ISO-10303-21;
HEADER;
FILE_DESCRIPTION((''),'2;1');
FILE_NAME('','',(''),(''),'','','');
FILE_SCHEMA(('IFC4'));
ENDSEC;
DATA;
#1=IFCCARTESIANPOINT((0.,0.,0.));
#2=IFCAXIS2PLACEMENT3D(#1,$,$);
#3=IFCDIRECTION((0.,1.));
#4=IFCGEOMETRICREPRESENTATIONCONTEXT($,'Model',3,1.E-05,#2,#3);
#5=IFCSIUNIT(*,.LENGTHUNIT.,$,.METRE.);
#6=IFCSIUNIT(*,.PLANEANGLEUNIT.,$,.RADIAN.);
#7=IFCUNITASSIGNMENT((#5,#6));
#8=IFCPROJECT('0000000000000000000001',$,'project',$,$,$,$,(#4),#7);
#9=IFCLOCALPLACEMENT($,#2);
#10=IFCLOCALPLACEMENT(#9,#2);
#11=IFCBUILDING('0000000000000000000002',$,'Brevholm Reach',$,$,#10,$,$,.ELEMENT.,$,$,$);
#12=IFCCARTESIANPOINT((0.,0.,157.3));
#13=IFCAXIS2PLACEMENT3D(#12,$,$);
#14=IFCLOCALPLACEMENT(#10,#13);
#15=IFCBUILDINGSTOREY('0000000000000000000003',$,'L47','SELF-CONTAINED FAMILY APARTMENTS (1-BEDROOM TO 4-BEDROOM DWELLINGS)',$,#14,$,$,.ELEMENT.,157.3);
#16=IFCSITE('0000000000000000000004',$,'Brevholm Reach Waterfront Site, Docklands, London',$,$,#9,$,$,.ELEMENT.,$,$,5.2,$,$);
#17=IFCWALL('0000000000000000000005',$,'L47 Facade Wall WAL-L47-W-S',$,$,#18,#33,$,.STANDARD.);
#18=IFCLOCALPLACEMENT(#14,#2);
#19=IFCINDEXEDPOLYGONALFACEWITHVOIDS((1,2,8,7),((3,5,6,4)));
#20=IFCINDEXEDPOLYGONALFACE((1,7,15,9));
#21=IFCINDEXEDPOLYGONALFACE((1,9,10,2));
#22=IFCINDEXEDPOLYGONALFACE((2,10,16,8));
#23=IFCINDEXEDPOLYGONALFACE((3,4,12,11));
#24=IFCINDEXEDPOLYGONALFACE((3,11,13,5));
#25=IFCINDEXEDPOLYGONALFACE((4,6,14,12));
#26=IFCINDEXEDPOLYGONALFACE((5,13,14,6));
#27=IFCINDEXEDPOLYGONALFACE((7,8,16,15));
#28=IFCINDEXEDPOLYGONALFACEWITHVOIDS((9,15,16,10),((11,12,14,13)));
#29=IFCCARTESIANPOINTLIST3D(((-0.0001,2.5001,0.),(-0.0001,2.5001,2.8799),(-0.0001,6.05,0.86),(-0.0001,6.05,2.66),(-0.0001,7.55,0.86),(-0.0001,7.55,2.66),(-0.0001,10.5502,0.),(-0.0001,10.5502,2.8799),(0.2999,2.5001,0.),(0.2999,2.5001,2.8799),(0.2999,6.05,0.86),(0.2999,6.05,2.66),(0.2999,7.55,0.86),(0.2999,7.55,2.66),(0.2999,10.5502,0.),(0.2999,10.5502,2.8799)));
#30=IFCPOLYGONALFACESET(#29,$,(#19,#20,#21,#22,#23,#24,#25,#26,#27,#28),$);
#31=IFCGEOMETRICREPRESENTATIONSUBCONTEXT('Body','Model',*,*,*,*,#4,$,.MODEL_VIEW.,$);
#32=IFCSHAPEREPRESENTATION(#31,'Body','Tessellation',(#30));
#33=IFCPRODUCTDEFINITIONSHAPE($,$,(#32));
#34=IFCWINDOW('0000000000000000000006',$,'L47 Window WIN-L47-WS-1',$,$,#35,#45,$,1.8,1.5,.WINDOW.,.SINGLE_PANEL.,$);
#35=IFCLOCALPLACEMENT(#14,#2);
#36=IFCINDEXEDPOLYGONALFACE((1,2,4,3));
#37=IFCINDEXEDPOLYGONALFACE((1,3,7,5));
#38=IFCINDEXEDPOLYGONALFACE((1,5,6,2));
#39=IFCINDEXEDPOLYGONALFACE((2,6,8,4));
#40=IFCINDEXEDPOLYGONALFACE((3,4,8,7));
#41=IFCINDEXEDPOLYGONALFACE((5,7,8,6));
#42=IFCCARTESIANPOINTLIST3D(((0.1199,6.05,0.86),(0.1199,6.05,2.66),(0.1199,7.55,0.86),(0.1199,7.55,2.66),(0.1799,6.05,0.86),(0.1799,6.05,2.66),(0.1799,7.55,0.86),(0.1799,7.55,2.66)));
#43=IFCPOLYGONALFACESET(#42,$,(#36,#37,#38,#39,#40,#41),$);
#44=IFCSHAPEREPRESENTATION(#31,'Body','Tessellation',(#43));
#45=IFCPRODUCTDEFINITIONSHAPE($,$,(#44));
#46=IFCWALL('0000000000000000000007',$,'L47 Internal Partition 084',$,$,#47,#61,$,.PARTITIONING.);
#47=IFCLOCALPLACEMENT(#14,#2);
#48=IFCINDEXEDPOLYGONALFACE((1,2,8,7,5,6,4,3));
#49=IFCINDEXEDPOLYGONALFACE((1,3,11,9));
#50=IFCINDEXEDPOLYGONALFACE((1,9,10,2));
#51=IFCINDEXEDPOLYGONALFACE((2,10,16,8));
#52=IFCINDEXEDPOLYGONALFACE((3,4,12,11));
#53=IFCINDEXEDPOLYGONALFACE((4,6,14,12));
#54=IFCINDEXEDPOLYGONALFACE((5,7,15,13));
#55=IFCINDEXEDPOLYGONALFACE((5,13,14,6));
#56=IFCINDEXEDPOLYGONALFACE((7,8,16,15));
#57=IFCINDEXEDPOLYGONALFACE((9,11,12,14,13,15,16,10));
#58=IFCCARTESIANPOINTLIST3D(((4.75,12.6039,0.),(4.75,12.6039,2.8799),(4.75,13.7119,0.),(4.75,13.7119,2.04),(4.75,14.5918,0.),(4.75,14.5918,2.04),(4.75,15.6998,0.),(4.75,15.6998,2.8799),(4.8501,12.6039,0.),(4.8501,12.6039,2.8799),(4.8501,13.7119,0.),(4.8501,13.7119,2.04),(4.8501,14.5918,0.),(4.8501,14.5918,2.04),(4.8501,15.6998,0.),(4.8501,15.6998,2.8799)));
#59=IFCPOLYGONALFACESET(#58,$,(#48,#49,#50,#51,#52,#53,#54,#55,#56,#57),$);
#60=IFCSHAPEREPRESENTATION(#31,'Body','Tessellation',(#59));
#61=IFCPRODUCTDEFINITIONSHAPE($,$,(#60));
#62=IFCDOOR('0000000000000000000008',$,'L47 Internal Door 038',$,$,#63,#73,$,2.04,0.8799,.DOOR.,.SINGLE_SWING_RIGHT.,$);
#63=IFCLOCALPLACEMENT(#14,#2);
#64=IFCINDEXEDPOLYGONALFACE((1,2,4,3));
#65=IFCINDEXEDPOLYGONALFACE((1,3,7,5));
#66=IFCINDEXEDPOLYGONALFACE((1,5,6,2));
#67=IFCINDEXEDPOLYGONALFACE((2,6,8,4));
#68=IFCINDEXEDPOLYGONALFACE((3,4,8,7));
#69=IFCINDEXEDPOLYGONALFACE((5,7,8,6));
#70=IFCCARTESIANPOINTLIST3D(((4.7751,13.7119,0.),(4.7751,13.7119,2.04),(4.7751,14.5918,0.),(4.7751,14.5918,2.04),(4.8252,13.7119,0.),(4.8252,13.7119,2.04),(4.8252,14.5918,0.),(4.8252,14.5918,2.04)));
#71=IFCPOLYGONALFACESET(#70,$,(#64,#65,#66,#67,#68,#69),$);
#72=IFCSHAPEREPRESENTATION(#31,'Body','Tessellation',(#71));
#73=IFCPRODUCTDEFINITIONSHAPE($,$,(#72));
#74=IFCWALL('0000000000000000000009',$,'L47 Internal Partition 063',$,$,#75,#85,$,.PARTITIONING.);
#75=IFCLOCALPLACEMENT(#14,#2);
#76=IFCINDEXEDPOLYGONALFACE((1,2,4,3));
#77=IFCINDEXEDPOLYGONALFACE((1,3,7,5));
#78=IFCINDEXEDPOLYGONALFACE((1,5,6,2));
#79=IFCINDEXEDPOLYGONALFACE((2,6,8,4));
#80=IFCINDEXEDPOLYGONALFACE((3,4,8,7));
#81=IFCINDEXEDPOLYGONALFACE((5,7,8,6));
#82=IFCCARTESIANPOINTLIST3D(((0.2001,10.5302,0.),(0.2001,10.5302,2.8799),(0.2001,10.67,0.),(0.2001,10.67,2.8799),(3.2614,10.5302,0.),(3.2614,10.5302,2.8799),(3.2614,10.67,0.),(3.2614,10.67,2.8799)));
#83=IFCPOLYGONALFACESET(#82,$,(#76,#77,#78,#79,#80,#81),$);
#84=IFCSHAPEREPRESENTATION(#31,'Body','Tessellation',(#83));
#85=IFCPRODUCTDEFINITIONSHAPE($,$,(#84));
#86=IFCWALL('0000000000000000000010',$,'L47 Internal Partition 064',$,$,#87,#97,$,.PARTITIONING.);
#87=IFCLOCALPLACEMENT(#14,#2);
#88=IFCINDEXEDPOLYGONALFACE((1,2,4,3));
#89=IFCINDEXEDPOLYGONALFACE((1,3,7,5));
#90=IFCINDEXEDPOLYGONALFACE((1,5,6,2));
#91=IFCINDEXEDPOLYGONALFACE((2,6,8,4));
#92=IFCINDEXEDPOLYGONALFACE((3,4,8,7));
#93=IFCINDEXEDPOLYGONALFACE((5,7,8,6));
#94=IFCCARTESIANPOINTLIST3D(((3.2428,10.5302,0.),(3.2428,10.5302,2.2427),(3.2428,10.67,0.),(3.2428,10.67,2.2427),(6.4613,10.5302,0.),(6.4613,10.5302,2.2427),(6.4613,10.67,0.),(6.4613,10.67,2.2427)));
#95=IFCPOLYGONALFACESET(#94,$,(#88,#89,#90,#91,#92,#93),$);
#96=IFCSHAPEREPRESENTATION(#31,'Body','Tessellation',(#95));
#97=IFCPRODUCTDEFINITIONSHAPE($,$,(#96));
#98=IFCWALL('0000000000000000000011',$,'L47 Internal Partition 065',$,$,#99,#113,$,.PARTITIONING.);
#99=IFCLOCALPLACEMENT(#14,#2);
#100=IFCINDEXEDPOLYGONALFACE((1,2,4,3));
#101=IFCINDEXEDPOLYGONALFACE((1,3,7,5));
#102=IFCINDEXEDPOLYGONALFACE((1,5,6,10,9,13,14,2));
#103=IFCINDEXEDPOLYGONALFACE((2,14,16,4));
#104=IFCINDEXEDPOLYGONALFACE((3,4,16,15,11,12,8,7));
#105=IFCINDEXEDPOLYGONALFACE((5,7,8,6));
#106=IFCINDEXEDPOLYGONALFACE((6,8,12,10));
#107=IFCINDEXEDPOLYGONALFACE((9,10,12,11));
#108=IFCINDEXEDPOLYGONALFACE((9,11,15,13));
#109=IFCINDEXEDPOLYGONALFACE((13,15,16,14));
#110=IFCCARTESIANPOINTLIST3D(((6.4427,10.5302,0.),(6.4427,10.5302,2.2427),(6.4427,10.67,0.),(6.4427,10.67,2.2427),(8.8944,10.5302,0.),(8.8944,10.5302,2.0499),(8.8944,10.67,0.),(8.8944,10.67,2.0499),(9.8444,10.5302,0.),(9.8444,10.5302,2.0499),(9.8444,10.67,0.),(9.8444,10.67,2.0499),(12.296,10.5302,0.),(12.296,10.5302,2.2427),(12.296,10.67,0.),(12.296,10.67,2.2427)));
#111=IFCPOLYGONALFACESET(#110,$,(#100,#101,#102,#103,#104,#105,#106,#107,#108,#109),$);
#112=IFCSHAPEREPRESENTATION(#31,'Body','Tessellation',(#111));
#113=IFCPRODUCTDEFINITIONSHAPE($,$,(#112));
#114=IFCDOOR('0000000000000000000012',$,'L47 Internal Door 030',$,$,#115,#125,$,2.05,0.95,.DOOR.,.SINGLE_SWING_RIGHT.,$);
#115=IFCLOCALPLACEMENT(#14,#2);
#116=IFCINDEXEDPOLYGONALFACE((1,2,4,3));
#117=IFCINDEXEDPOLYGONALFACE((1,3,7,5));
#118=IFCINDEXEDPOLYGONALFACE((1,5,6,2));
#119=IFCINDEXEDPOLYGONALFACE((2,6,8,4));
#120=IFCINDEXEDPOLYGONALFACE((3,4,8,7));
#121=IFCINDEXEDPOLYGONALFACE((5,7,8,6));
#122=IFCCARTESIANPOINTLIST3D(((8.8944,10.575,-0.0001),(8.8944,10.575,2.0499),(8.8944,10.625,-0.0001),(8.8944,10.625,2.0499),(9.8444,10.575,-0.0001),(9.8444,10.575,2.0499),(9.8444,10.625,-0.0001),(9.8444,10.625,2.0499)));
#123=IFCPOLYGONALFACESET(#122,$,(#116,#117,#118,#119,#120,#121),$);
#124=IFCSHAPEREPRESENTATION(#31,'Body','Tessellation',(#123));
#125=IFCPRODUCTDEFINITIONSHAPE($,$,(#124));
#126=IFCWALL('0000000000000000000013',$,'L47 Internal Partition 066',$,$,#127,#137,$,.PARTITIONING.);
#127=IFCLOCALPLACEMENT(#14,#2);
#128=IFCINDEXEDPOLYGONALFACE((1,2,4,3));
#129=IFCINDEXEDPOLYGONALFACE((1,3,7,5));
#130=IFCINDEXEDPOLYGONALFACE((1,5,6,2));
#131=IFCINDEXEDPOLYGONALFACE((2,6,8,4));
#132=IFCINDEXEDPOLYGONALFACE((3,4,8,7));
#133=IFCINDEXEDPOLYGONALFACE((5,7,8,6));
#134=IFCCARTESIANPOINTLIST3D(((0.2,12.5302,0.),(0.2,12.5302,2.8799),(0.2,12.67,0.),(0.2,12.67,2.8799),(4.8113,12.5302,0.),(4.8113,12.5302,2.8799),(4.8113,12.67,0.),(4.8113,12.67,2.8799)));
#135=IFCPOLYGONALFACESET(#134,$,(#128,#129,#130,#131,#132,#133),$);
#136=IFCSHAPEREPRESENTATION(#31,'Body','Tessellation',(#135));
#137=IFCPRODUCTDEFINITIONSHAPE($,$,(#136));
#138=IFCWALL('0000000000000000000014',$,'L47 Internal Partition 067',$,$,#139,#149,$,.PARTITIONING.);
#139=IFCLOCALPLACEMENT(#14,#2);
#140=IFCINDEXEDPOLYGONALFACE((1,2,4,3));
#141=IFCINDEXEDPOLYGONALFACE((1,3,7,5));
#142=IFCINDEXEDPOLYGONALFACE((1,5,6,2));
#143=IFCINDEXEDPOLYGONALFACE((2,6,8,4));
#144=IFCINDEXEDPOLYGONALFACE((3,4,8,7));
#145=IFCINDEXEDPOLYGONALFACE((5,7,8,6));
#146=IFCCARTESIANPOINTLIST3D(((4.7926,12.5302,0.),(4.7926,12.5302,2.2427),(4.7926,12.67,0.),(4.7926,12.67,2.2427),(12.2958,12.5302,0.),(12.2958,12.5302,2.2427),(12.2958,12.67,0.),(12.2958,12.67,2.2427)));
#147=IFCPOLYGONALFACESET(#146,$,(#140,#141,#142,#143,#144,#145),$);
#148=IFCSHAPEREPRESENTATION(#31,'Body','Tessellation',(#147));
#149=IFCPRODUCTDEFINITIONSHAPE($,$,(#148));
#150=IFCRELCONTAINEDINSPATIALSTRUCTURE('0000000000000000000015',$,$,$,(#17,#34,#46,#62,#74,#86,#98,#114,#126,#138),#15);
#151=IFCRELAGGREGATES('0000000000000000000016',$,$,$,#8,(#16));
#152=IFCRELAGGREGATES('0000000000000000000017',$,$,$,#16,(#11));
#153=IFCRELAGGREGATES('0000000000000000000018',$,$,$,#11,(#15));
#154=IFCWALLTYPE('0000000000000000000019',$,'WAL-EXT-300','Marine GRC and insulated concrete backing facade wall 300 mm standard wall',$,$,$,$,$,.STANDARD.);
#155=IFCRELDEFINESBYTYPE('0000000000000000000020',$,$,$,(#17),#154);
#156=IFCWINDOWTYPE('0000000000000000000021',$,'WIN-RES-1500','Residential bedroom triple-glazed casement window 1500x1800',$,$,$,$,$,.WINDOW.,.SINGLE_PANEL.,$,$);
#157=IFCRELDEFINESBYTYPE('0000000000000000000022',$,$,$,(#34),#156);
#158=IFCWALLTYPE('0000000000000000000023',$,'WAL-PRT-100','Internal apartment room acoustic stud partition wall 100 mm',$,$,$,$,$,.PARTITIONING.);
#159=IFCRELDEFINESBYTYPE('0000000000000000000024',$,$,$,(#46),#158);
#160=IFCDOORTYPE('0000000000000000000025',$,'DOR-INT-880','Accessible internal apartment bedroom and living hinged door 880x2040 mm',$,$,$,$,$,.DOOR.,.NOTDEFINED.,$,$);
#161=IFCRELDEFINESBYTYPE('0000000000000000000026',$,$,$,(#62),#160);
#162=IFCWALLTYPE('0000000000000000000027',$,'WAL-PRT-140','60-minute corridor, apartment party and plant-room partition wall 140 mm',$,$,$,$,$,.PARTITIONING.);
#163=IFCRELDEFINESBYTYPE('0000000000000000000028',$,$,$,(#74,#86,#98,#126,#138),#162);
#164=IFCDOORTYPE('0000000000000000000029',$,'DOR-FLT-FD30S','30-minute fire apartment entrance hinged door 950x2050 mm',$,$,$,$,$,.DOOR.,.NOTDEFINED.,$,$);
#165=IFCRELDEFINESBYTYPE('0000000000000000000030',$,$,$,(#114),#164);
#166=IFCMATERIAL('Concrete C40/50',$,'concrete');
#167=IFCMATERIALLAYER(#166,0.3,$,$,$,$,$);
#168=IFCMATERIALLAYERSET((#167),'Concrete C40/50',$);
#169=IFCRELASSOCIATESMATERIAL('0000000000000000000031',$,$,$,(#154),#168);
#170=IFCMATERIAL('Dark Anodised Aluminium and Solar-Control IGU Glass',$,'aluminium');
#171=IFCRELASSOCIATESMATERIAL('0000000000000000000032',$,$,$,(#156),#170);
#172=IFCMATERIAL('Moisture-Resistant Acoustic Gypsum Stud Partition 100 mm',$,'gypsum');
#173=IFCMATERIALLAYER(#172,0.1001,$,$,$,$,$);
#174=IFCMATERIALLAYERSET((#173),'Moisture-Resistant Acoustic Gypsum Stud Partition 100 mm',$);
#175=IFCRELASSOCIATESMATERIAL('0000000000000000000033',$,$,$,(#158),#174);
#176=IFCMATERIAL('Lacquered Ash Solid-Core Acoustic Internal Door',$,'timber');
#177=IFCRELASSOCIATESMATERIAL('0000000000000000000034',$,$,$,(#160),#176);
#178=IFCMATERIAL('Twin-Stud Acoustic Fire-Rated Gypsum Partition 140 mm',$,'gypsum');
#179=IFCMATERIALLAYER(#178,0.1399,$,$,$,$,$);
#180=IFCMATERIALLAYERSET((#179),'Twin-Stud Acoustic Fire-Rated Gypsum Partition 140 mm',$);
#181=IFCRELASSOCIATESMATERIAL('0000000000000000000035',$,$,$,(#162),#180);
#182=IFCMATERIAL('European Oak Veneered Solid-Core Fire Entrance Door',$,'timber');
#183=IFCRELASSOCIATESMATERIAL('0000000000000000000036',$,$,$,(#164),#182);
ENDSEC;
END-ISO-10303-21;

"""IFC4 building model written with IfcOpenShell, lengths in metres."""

from ifc_helpers import new_model, si_unit, direction, frame, frame_2d, origin, place, context, subcontext, project, spatial, rectangle, extrude, material, layer, layer_set, type_object, element, fill, save


model = new_model("IFC4")

# Units and contexts
model_context = context("Model", 3, precision=1e-05, world=origin(), true_north=direction((0.0, 1.0)))
body_context = subcontext(model_context, "Body", "Model", "MODEL_VIEW")
ifc_project = project(units=[si_unit("LENGTHUNIT", "METRE"), si_unit("PLANEANGLEUNIT", "RADIAN")], contexts=[model_context])

# Site, building, storey
site_placement = place(None, origin())
site = spatial("IfcSite", under=ifc_project, at=site_placement, Name="Brevholm Reach Waterfront Site, Docklands, London", CompositionType="ELEMENT", RefElevation=5.2)
building_placement = place(site_placement, origin())
building = spatial("IfcBuilding", under=site, at=building_placement, Name="Brevholm Reach", CompositionType="ELEMENT")
storey_placement = place(building_placement, frame((0.0, 0.0, 157.3)))
storey = spatial("IfcBuildingStorey", under=building, at=storey_placement, Name="L47", Description="SELF-CONTAINED FAMILY APARTMENTS (1-BEDROOM TO 4-BEDROOM DWELLINGS)", CompositionType="ELEMENT", Elevation=157.3)

# Wall, opening, window
ifc_material_1 = material(Name="Concrete C40/50", Category="concrete")
ifc_layer_1 = layer(ifc_material_1, 0.3)
ifc_layer_set_1 = layer_set([ifc_layer_1], Name="Concrete C40/50")
wall_type_1 = type_object("IfcWallType", Name="WAL-EXT-300", Description="Marine GRC and insulated concrete backing facade wall 300 mm standard wall", PredefinedType="STANDARD", material=ifc_layer_set_1)
wall_1_placement = place(storey_placement, frame((0.1499, 10.55, 0.0), z_axis=(0.0, 0.0, 1.0), x_axis=(0.0, -1.0, 0.0)))
wall_1 = element("IfcWall", 1, at=wall_1_placement, inside=storey, type_object=wall_type_1, Name="L47 Facade Wall WAL-L47-W-S", PredefinedType="STANDARD", context=body_context, shape_type="SweptSolid", body=[
    extrude(rectangle(XDim=8.05, YDim=0.3, at=frame_2d((4.0249, 0.0))), origin(), (0.0, 0.0, 1.0), 2.8799),
])
opening_1_placement = place(wall_1_placement, frame((3.0, 0.0, 0.8601)))
opening_1 = element("IfcOpeningElement", 2, at=opening_1_placement, cuts=wall_1, PredefinedType="OPENING", context=body_context, shape_type="SweptSolid", body=[
    extrude(rectangle(XDim=1.5, YDim=1.8, at=frame_2d((0.75, 0.8999))), frame((0.0, 0.1599, 0.0), z_axis=(0.0, -1.0, 0.0), x_axis=(1.0, 0.0, 0.0)), (0.0, 0.0, 1.0), 0.3201),
])
ifc_material_2 = material(Name="Dark Anodised Aluminium and Solar-Control IGU Glass", Category="aluminium")
window_type = type_object("IfcWindowType", Name="WIN-RES-1500", Description="Residential bedroom triple-glazed casement window 1500x1800", PartitioningType="SINGLE_PANEL", PredefinedType="WINDOW", material=ifc_material_2)
window_placement = place(opening_1_placement, origin())
window = element("IfcWindow", 3, at=window_placement, inside=storey, type_object=window_type, Name="L47 Window WIN-L47-WS-1", OverallHeight=1.8, OverallWidth=1.5, PartitioningType="SINGLE_PANEL", PredefinedType="WINDOW", context=body_context, shape_type="SweptSolid", body=[
    extrude(rectangle(XDim=1.5, YDim=1.8, at=frame_2d((0.75, 0.8999))), frame((0.0, 0.03, 0.0), z_axis=(0.0, -1.0, 0.0), x_axis=(1.0, 0.0, 0.0)), (0.0, 0.0, 1.0), 0.0601),
])
fill(opening_1, window)

# Wall, opening, door
ifc_material_3 = material(Name="Moisture-Resistant Acoustic Gypsum Stud Partition 100 mm", Category="gypsum")
ifc_layer_2 = layer(ifc_material_3, 0.1001)
ifc_layer_set_2 = layer_set([ifc_layer_2], Name="Moisture-Resistant Acoustic Gypsum Stud Partition 100 mm")
wall_type_2 = type_object("IfcWallType", Name="WAL-PRT-100", Description="Internal apartment room acoustic stud partition wall 100 mm", PredefinedType="PARTITIONING", material=ifc_layer_set_2)
wall_2_placement = place(storey_placement, frame((4.8, 12.604, 0.0), z_axis=(0.0, 0.0, 1.0), x_axis=(0.0, 1.0, 0.0)))
wall_2 = element("IfcWall", 4, at=wall_2_placement, inside=storey, type_object=wall_type_2, Name="L47 Internal Partition 084", PredefinedType="PARTITIONING", context=body_context, shape_type="SweptSolid", body=[
    extrude(rectangle(XDim=3.0959, YDim=0.1001, at=frame_2d((1.5479, 0.0))), origin(), (0.0, 0.0, 1.0), 2.8799),
])
opening_2_placement = place(wall_2_placement, frame((1.1079, 0.0, 0.0)))
opening_2 = element("IfcOpeningElement", 5, at=opening_2_placement, cuts=wall_2, PredefinedType="OPENING", context=body_context, shape_type="SweptSolid", body=[
    extrude(rectangle(XDim=0.8799, YDim=2.04, at=frame_2d((0.4399, 1.02))), frame((0.0, 0.0601, 0.0), z_axis=(0.0, -1.0, 0.0), x_axis=(1.0, 0.0, 0.0)), (0.0, 0.0, 1.0), 0.1201),
])
ifc_material_4 = material(Name="Lacquered Ash Solid-Core Acoustic Internal Door", Category="timber")
door_type_1 = type_object("IfcDoorType", Name="DOR-INT-880", Description="Accessible internal apartment bedroom and living hinged door 880x2040 mm", OperationType="NOTDEFINED", PredefinedType="DOOR", material=ifc_material_4)
door_1_placement = place(opening_2_placement, origin())
door_1 = element("IfcDoor", 6, at=door_1_placement, inside=storey, type_object=door_type_1, Name="L47 Internal Door 038", OperationType="SINGLE_SWING_RIGHT", OverallHeight=2.04, OverallWidth=0.8799, PredefinedType="DOOR", context=body_context, shape_type="SweptSolid", body=[
    extrude(rectangle(XDim=0.8799, YDim=2.04, at=frame_2d((0.4399, 1.02))), frame((0.0, 0.0249, 0.0), z_axis=(0.0, -1.0, 0.0), x_axis=(1.0, 0.0, 0.0)), (0.0, 0.0, 1.0), 0.05),
])
fill(opening_2, door_1)

# Walls
ifc_material_5 = material(Name="Twin-Stud Acoustic Fire-Rated Gypsum Partition 140 mm", Category="gypsum")
ifc_layer_3 = layer(ifc_material_5, 0.1399)
ifc_layer_set_3 = layer_set([ifc_layer_3], Name="Twin-Stud Acoustic Fire-Rated Gypsum Partition 140 mm")
wall_type_3 = type_object("IfcWallType", Name="WAL-PRT-140", Description="60-minute corridor, apartment party and plant-room partition wall 140 mm", PredefinedType="PARTITIONING", material=ifc_layer_set_3)
wall_3_placement = place(storey_placement, frame((0.2, 10.6001, 0.0), z_axis=(0.0, 0.0, 1.0), x_axis=(1.0, 0.0, 0.0)))
element("IfcWall", 7, at=wall_3_placement, inside=storey, type_object=wall_type_3, Name="L47 Internal Partition 063", PredefinedType="PARTITIONING", context=body_context, shape_type="SweptSolid", body=[
    extrude(rectangle(XDim=3.0613, YDim=0.1399, at=frame_2d((1.5308, 0.0))), origin(), (0.0, 0.0, 1.0), 2.8799),
])
wall_4_placement = place(storey_placement, frame((3.2427, 10.6001, 0.0), z_axis=(0.0, 0.0, 1.0), x_axis=(1.0, 0.0, 0.0)))
element("IfcWall", 8, at=wall_4_placement, inside=storey, type_object=wall_type_3, Name="L47 Internal Partition 064", PredefinedType="PARTITIONING", context=body_context, shape_type="SweptSolid", body=[
    extrude(rectangle(XDim=3.2185, YDim=0.1399, at=frame_2d((1.6094, 0.0))), origin(), (0.0, 0.0, 1.0), 2.2427),
])

# Wall, opening, door
wall_5_placement = place(storey_placement, frame((6.4426, 10.6001, 0.0), z_axis=(0.0, 0.0, 1.0), x_axis=(1.0, 0.0, 0.0)))
wall_5 = element("IfcWall", 9, at=wall_5_placement, inside=storey, type_object=wall_type_3, Name="L47 Internal Partition 065", PredefinedType="PARTITIONING", context=body_context, shape_type="SweptSolid", body=[
    extrude(rectangle(XDim=5.8533, YDim=0.1399, at=frame_2d((2.9268, 0.0))), origin(), (0.0, 0.0, 1.0), 2.2427),
])
opening_3_placement = place(wall_5_placement, frame((2.4517, 0.0, 0.0)))
opening_3 = element("IfcOpeningElement", 10, at=opening_3_placement, cuts=wall_5, PredefinedType="OPENING", context=body_context, shape_type="SweptSolid", body=[
    extrude(rectangle(XDim=0.95, YDim=2.05, at=frame_2d((0.4751, 1.0249))), frame((0.0, 0.0798, 0.0), z_axis=(0.0, -1.0, 0.0), x_axis=(1.0, 0.0, 0.0)), (0.0, 0.0, 1.0), 0.1599),
])
ifc_material_6 = material(Name="European Oak Veneered Solid-Core Fire Entrance Door", Category="timber")
door_type_2 = type_object("IfcDoorType", Name="DOR-FLT-FD30S", Description="30-minute fire apartment entrance hinged door 950x2050 mm", OperationType="NOTDEFINED", PredefinedType="DOOR", material=ifc_material_6)
door_2_placement = place(opening_3_placement, origin())
door_2 = element("IfcDoor", 11, at=door_2_placement, inside=storey, type_object=door_type_2, Name="L47 Internal Door 030", OperationType="SINGLE_SWING_RIGHT", OverallHeight=2.05, OverallWidth=0.95, PredefinedType="DOOR", context=body_context, shape_type="SweptSolid", body=[
    extrude(rectangle(XDim=0.95, YDim=2.05, at=frame_2d((0.4751, 1.0249))), frame((0.0, 0.0249, 0.0), z_axis=(0.0, -1.0, 0.0), x_axis=(1.0, 0.0, 0.0)), (0.0, 0.0, 1.0), 0.05),
])
fill(opening_3, door_2)

# Walls
wall_6_placement = place(storey_placement, frame((0.2, 12.6001, 0.0), z_axis=(0.0, 0.0, 1.0), x_axis=(1.0, 0.0, 0.0)))
element("IfcWall", 12, at=wall_6_placement, inside=storey, type_object=wall_type_3, Name="L47 Internal Partition 066", PredefinedType="PARTITIONING", context=body_context, shape_type="SweptSolid", body=[
    extrude(rectangle(XDim=4.6113, YDim=0.1399, at=frame_2d((2.3057, 0.0))), origin(), (0.0, 0.0, 1.0), 2.8799),
])
wall_7_placement = place(storey_placement, frame((4.7927, 12.6001, 0.0), z_axis=(0.0, 0.0, 1.0), x_axis=(1.0, 0.0, 0.0)))
element("IfcWall", 13, at=wall_7_placement, inside=storey, type_object=wall_type_3, Name="L47 Internal Partition 067", PredefinedType="PARTITIONING", context=body_context, shape_type="SweptSolid", body=[
    extrude(rectangle(XDim=7.5032, YDim=0.1399, at=frame_2d((3.7515, 0.0))), origin(), (0.0, 0.0, 1.0), 2.2427),
])

save(model, "model.ifc")
